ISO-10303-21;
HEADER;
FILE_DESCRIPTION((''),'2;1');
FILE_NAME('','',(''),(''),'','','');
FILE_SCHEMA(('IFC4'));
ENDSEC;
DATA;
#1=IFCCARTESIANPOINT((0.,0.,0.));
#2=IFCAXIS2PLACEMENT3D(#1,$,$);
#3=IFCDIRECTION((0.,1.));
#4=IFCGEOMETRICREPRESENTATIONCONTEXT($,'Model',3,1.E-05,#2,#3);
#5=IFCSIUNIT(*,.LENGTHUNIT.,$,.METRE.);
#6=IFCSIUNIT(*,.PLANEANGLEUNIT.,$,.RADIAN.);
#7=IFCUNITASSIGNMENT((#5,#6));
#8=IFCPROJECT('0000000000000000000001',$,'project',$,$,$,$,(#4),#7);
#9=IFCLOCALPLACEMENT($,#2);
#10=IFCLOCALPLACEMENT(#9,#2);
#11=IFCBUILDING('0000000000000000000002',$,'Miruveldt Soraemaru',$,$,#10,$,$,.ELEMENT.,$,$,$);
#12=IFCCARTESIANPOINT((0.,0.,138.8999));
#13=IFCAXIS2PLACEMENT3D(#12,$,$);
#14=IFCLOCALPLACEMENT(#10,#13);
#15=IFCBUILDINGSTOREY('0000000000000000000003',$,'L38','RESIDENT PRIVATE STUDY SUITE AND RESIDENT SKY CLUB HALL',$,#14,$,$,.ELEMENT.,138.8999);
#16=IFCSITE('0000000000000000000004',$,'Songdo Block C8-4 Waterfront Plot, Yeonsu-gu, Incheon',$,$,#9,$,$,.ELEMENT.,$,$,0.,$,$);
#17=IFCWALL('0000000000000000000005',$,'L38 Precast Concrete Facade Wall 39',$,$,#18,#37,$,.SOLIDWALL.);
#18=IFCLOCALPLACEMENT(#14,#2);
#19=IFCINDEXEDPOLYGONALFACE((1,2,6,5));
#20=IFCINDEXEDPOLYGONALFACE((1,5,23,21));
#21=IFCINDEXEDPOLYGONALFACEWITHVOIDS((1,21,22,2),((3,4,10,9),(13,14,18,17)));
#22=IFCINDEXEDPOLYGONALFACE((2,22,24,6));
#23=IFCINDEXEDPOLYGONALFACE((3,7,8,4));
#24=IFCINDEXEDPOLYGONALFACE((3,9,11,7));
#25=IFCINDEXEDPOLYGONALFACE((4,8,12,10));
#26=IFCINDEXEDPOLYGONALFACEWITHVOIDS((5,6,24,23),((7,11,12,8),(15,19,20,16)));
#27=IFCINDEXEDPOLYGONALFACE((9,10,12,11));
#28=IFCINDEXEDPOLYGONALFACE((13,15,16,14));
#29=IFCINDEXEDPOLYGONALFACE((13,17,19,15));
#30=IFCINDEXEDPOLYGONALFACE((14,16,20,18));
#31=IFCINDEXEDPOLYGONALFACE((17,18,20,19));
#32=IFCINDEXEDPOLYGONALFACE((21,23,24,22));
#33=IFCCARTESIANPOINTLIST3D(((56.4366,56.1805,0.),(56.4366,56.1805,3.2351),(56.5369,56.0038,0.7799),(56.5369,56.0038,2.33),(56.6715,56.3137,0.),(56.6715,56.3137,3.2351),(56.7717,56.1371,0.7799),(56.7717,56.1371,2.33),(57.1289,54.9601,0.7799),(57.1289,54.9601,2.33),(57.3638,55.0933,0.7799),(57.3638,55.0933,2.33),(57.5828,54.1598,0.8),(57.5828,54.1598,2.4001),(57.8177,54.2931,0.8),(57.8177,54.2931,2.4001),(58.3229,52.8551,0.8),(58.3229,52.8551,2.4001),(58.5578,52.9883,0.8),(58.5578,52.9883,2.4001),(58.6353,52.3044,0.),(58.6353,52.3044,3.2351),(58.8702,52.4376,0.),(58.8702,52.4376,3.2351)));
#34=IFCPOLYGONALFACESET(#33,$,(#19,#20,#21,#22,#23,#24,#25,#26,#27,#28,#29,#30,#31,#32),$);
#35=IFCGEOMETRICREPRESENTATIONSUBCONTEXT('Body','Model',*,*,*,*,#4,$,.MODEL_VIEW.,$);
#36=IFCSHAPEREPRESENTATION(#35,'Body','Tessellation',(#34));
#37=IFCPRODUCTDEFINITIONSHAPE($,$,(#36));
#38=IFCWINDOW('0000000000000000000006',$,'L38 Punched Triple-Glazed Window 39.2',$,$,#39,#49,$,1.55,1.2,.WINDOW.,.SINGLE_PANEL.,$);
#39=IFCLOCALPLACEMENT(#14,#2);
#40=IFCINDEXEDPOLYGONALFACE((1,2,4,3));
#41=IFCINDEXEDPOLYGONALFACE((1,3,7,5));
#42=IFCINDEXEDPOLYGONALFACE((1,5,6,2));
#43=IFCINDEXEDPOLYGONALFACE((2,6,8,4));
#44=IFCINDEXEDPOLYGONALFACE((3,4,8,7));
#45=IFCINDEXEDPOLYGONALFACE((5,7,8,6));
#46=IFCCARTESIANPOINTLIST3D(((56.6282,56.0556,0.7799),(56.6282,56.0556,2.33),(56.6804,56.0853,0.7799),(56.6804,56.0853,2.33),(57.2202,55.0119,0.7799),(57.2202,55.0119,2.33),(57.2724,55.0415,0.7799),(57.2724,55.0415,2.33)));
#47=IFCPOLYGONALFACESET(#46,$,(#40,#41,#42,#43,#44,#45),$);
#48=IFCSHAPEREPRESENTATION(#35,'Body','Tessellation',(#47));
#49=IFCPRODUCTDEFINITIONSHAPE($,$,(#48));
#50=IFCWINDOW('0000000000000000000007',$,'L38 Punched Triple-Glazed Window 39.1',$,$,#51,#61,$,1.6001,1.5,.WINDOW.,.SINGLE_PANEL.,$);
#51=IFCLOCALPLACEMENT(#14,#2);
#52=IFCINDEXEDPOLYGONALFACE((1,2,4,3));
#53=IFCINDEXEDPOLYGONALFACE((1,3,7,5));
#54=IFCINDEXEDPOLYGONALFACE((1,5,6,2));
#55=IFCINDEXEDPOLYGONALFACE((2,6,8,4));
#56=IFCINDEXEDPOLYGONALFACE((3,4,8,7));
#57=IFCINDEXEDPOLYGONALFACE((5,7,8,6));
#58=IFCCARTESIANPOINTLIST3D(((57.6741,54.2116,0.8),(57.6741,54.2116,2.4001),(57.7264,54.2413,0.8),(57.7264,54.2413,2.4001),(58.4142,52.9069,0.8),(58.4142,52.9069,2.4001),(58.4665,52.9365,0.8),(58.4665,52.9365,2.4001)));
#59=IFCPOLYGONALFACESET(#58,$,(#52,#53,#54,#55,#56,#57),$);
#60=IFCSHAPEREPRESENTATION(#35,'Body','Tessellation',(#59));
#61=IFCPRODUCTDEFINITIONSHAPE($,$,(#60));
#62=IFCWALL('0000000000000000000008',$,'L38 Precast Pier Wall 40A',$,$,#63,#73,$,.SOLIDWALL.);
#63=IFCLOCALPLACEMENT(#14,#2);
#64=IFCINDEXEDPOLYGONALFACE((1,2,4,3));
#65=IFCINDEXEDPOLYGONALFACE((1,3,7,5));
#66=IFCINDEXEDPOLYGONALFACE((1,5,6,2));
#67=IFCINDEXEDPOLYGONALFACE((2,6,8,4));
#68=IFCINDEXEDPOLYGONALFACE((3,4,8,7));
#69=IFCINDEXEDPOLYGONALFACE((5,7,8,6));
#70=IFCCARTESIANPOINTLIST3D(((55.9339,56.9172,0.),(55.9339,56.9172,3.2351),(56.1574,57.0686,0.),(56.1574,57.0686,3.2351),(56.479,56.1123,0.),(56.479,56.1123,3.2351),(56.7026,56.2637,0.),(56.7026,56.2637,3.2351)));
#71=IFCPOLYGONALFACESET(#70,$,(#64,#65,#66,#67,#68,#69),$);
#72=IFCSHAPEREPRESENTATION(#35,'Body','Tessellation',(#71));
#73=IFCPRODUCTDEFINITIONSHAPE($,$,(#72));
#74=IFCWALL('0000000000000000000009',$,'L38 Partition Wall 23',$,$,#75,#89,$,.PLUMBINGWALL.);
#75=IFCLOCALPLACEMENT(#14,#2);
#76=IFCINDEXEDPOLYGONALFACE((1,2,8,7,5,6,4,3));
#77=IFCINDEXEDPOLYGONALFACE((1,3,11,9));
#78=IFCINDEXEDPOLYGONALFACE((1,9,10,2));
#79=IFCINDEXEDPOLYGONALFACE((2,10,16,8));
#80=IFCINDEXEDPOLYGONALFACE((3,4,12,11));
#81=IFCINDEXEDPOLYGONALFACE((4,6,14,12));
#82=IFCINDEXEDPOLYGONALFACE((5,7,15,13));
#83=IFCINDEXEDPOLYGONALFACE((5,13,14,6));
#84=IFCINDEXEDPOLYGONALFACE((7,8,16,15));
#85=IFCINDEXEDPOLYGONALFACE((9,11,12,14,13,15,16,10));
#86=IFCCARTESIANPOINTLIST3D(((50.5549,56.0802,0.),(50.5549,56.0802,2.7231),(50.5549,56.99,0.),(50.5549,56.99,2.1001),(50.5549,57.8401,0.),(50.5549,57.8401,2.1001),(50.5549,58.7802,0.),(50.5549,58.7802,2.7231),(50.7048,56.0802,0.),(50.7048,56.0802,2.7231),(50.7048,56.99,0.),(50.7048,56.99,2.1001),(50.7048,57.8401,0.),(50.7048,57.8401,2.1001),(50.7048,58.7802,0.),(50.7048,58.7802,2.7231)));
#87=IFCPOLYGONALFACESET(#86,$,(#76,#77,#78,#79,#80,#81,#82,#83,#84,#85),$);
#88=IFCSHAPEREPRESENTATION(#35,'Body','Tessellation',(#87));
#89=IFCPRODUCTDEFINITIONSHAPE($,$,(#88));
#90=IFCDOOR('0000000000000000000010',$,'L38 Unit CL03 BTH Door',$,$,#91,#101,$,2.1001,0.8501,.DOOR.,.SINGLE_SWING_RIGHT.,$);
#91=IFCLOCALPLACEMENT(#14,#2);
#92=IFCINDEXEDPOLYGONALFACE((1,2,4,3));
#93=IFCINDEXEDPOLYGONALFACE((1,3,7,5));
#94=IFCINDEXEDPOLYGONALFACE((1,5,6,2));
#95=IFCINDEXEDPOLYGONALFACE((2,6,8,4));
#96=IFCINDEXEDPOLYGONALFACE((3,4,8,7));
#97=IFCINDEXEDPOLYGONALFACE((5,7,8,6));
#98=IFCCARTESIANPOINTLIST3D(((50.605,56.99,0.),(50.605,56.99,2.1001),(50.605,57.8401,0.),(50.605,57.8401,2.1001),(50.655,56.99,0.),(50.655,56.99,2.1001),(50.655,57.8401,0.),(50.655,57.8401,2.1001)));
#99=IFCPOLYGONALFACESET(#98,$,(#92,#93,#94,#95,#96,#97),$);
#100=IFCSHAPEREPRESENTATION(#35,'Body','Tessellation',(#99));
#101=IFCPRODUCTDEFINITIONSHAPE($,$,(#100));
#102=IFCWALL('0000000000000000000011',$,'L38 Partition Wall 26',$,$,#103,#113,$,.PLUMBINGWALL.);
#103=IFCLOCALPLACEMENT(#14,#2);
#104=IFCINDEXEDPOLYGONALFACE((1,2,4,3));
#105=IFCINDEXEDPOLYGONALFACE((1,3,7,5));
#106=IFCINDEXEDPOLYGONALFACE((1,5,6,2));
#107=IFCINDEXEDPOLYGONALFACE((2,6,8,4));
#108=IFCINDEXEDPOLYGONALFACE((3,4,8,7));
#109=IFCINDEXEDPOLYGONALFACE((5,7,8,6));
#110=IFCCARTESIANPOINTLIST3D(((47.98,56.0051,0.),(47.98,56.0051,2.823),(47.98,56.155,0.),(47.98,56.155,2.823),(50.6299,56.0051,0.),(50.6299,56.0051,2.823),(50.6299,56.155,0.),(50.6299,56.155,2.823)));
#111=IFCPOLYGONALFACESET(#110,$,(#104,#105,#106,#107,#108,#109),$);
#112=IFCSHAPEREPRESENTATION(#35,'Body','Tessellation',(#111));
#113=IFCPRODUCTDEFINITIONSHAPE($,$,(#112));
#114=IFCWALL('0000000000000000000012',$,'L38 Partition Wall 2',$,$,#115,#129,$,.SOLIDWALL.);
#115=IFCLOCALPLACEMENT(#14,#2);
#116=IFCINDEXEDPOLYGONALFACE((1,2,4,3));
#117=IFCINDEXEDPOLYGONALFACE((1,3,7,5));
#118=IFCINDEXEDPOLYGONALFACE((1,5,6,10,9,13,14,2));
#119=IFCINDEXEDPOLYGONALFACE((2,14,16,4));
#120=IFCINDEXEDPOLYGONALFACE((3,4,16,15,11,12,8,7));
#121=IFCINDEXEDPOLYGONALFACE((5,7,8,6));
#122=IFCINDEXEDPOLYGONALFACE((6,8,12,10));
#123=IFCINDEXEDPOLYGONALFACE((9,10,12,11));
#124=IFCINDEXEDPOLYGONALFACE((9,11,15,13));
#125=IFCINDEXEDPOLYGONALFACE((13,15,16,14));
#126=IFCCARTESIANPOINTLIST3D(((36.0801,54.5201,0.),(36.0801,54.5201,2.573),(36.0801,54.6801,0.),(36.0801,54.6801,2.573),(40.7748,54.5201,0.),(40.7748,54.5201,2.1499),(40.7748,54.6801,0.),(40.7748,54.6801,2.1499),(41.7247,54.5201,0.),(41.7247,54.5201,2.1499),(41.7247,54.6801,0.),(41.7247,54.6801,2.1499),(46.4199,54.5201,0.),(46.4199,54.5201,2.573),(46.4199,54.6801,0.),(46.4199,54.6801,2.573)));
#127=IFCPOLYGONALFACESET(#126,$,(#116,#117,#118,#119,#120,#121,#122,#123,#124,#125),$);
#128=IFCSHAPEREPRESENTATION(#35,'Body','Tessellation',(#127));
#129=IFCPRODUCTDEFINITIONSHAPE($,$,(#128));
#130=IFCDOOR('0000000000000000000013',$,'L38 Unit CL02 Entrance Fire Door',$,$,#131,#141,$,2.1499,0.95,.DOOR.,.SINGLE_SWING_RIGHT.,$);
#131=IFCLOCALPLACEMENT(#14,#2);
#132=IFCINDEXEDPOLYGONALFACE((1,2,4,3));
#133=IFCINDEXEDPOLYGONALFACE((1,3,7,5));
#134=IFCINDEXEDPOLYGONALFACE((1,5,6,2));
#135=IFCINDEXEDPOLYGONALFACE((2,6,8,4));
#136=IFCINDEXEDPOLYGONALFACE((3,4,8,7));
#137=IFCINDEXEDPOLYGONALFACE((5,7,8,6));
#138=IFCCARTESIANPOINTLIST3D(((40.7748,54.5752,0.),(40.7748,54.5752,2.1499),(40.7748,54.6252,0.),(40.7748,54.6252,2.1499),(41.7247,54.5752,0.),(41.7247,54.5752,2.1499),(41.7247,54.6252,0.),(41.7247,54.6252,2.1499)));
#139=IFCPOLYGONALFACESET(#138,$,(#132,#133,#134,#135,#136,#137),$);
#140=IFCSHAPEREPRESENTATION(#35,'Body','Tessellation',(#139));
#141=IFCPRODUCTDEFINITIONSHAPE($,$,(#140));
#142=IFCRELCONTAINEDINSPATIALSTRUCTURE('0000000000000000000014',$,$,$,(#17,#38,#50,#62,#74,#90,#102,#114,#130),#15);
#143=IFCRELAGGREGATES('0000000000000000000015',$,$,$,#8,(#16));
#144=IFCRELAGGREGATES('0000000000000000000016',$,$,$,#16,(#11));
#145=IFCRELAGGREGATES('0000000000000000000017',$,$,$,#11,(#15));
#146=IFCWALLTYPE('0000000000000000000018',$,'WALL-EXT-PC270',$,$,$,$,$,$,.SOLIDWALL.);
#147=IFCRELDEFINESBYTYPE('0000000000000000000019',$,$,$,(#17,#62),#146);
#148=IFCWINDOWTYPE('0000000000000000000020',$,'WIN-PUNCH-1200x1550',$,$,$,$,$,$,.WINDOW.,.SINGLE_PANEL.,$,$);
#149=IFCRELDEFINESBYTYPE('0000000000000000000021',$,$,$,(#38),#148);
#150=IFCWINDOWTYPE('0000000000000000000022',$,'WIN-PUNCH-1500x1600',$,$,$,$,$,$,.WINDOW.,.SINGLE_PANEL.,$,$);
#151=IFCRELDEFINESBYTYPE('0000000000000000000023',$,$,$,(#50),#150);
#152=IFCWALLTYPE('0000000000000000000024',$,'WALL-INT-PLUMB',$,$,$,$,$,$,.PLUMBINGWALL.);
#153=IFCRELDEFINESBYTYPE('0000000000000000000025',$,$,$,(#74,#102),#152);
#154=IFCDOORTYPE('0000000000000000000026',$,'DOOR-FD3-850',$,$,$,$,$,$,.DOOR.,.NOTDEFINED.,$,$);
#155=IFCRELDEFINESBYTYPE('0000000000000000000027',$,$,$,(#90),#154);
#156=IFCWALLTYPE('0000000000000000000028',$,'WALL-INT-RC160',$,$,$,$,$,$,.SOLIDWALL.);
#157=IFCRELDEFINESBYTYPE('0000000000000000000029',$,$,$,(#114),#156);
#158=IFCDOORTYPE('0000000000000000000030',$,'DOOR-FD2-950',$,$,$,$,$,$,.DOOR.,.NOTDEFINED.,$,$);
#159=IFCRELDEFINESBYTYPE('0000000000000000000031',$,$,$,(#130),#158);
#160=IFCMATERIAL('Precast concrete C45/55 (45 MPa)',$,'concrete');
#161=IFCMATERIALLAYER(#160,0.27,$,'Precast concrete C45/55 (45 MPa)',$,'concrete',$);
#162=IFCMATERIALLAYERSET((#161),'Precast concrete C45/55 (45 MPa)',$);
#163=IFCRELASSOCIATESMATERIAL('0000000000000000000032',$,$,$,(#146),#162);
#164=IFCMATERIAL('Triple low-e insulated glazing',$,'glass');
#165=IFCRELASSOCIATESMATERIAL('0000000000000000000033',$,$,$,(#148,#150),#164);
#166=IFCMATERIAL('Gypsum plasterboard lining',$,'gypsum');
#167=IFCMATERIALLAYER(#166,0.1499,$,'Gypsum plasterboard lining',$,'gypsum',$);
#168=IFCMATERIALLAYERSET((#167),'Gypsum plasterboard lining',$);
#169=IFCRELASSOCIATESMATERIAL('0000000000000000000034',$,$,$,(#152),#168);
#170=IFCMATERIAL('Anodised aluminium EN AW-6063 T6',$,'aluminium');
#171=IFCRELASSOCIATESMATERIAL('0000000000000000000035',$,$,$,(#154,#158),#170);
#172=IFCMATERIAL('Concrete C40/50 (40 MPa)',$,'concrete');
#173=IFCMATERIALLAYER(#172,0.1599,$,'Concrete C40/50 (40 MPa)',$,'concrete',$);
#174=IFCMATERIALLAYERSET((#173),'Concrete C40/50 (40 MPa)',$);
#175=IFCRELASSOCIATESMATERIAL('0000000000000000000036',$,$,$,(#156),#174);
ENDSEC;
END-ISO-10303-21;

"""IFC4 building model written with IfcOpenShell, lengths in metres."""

from ifc_helpers import new_model, si_unit, direction, frame, frame_2d, origin, place, context, subcontext, project, spatial, rectangle, extrude, material, layer, layer_set, type_object, element, fill, save


model = new_model("IFC4")

# Units and contexts
model_context = context("Model", 3, precision=1e-05, world=origin(), true_north=direction((0.0, 1.0)))
body_context = subcontext(model_context, "Body", "Model", "MODEL_VIEW")
ifc_project = project(units=[si_unit("LENGTHUNIT", "METRE"), si_unit("PLANEANGLEUNIT", "RADIAN")], contexts=[model_context])

# Site, building, storey
site_placement = place(None, origin())
site = spatial("IfcSite", under=ifc_project, at=site_placement, Name="Songdo Block C8-4 Waterfront Plot, Yeonsu-gu, Incheon", CompositionType="ELEMENT", RefElevation=0.0)
building_placement = place(site_placement, origin())
building = spatial("IfcBuilding", under=site, at=building_placement, Name="Miruveldt Soraemaru", CompositionType="ELEMENT")
storey_placement = place(building_placement, frame((0.0, 0.0, 138.8999)))
storey = spatial("IfcBuildingStorey", under=building, at=storey_placement, Name="L38", Description="RESIDENT PRIVATE STUDY SUITE AND RESIDENT SKY CLUB HALL", CompositionType="ELEMENT", Elevation=138.8999)

# Shared definitions
ifc_material_1 = material(Name="Triple low-e insulated glazing", Category="glass")

# Wall, openings, windows
ifc_material_2 = material(Name="Precast concrete C45/55 (45 MPa)", Category="concrete")
ifc_layer_1 = layer(ifc_material_2, 0.27, Name="Precast concrete C45/55 (45 MPa)", Category="concrete")
ifc_layer_set_1 = layer_set([ifc_layer_1], Name="Precast concrete C45/55 (45 MPa)")
wall_type_1 = type_object("IfcWallType", Name="WALL-EXT-PC270", PredefinedType="SOLIDWALL", material=ifc_layer_set_1)
wall_1_placement = place(storey_placement, frame((58.7527, 52.3711, 0.0), z_axis=(0.0, 0.0, 1.0), x_axis=(-0.493387, 0.86981, 0.0)))
wall_1 = element("IfcWall", 1, at=wall_1_placement, inside=storey, type_object=wall_type_1, Name="L38 Precast Concrete Facade Wall 39", PredefinedType="SOLIDWALL", context=body_context, shape_type="SweptSolid", body=[
    extrude(rectangle(XDim=4.4563, YDim=0.27, at=frame_2d((2.228, 0.0))), origin(), (0.0, 0.0, 1.0), 3.2351),
])
opening_1_placement = place(wall_1_placement, frame((0.6331, 0.0, 0.8)))
opening_1 = element("IfcOpeningElement", 2, at=opening_1_placement, cuts=wall_1, PredefinedType="OPENING", context=body_context, shape_type="SweptSolid", body=[
    extrude(rectangle(XDim=1.5, YDim=1.6001, at=frame_2d((0.75, 0.8))), frame((0.0, 0.145, 0.0), z_axis=(0.0, -1.0, 0.0), x_axis=(1.0, 0.0, 0.0)), (0.0, 0.0, 1.0), 0.29),
])
opening_2_placement = place(wall_1_placement, frame((3.053, 0.0, 0.78)))
opening_2 = element("IfcOpeningElement", 3, at=opening_2_placement, cuts=wall_1, PredefinedType="OPENING", context=body_context, shape_type="SweptSolid", body=[
    extrude(rectangle(XDim=1.2, YDim=1.55, at=frame_2d((0.6001, 0.7749))), frame((0.0, 0.145, 0.0), z_axis=(0.0, -1.0, 0.0), x_axis=(1.0, 0.0, 0.0)), (0.0, 0.0, 1.0), 0.29),
])
window_type_1 = type_object("IfcWindowType", Name="WIN-PUNCH-1200x1550", PartitioningType="SINGLE_PANEL", PredefinedType="WINDOW", material=ifc_material_1)
window_1_placement = place(opening_2_placement, origin())
window_1 = element("IfcWindow", 4, at=window_1_placement, inside=storey, type_object=window_type_1, Name="L38 Punched Triple-Glazed Window 39.2", OverallHeight=1.55, OverallWidth=1.2, PartitioningType="SINGLE_PANEL", PredefinedType="WINDOW", context=body_context, shape_type="SweptSolid", body=[
    extrude(rectangle(XDim=1.2, YDim=1.55, at=frame_2d((0.6001, 0.7749))), frame((0.0, 0.03, 0.0), z_axis=(0.0, -1.0, 0.0), x_axis=(1.0, 0.0, 0.0)), (0.0, 0.0, 1.0), 0.0601),
])
fill(opening_2, window_1)
window_type_2 = type_object("IfcWindowType", Name="WIN-PUNCH-1500x1600", PartitioningType="SINGLE_PANEL", PredefinedType="WINDOW", material=ifc_material_1)
window_2_placement = place(opening_1_placement, origin())
window_2 = element("IfcWindow", 5, at=window_2_placement, inside=storey, type_object=window_type_2, Name="L38 Punched Triple-Glazed Window 39.1", OverallHeight=1.6001, OverallWidth=1.5, PartitioningType="SINGLE_PANEL", PredefinedType="WINDOW", context=body_context, shape_type="SweptSolid", body=[
    extrude(rectangle(XDim=1.5, YDim=1.6001, at=frame_2d((0.75, 0.8))), frame((0.0, 0.03, 0.0), z_axis=(0.0, -1.0, 0.0), x_axis=(1.0, 0.0, 0.0)), (0.0, 0.0, 1.0), 0.0601),
])
fill(opening_1, window_2)

# Wall
wall_2_placement = place(storey_placement, frame((56.5908, 56.188, 0.0), z_axis=(0.0, 0.0, 1.0), x_axis=(-0.56077, 0.827971, 0.0)))
element("IfcWall", 6, at=wall_2_placement, inside=storey, type_object=wall_type_1, Name="L38 Precast Pier Wall 40A", PredefinedType="SOLIDWALL", context=body_context, shape_type="SweptSolid", body=[
    extrude(rectangle(XDim=0.9722, YDim=0.27, at=frame_2d((0.4861, 0.0))), origin(), (0.0, 0.0, 1.0), 3.2351),
])

# Wall, opening, door
ifc_material_3 = material(Name="Gypsum plasterboard lining", Category="gypsum")
ifc_layer_2 = layer(ifc_material_3, 0.1499, Name="Gypsum plasterboard lining", Category="gypsum")
ifc_layer_set_2 = layer_set([ifc_layer_2], Name="Gypsum plasterboard lining")
wall_type_2 = type_object("IfcWallType", Name="WALL-INT-PLUMB", PredefinedType="PLUMBINGWALL", material=ifc_layer_set_2)
wall_3_placement = place(storey_placement, frame((50.6299, 56.0801, 0.0), z_axis=(0.0, 0.0, 1.0), x_axis=(0.0, 1.0, 0.0)))
wall_3 = element("IfcWall", 7, at=wall_3_placement, inside=storey, type_object=wall_type_2, Name="L38 Partition Wall 23", PredefinedType="PLUMBINGWALL", context=body_context, shape_type="SweptSolid", body=[
    extrude(rectangle(XDim=2.7, YDim=0.1499, at=frame_2d((1.3501, 0.0))), origin(), (0.0, 0.0, 1.0), 2.7231),
])
opening_3_placement = place(wall_3_placement, frame((0.9099, 0.0, 0.0)))
opening_3 = element("IfcOpeningElement", 8, at=opening_3_placement, cuts=wall_3, PredefinedType="OPENING", context=body_context, shape_type="SweptSolid", body=[
    extrude(rectangle(XDim=0.8501, YDim=2.1001, at=frame_2d((0.425, 1.05))), frame((0.0, 0.085, 0.0), z_axis=(0.0, -1.0, 0.0), x_axis=(1.0, 0.0, 0.0)), (0.0, 0.0, 1.0), 0.1699),
])
ifc_material_4 = material(Name="Anodised aluminium EN AW-6063 T6", Category="aluminium")
door_type_1 = type_object("IfcDoorType", Name="DOOR-FD3-850", OperationType="NOTDEFINED", PredefinedType="DOOR", material=ifc_material_4)
door_1_placement = place(opening_3_placement, origin())
door_1 = element("IfcDoor", 9, at=door_1_placement, inside=storey, type_object=door_type_1, Name="L38 Unit CL03 BTH Door", OperationType="SINGLE_SWING_RIGHT", OverallHeight=2.1001, OverallWidth=0.8501, PredefinedType="DOOR", context=body_context, shape_type="SweptSolid", body=[
    extrude(rectangle(XDim=0.8501, YDim=2.1001, at=frame_2d((0.425, 1.05))), frame((0.0, 0.0249, 0.0), z_axis=(0.0, -1.0, 0.0), x_axis=(1.0, 0.0, 0.0)), (0.0, 0.0, 1.0), 0.05),
])
fill(opening_3, door_1)

# Wall
wall_4_placement = place(storey_placement, frame((47.98, 56.0801, 0.0), z_axis=(0.0, 0.0, 1.0), x_axis=(1.0, 0.0, 0.0)))
element("IfcWall", 10, at=wall_4_placement, inside=storey, type_object=wall_type_2, Name="L38 Partition Wall 26", PredefinedType="PLUMBINGWALL", context=body_context, shape_type="SweptSolid", body=[
    extrude(rectangle(XDim=2.6499, YDim=0.1499, at=frame_2d((1.325, 0.0))), origin(), (0.0, 0.0, 1.0), 2.823),
])

# Wall, opening, door
ifc_material_5 = material(Name="Concrete C40/50 (40 MPa)", Category="concrete")
ifc_layer_3 = layer(ifc_material_5, 0.1599, Name="Concrete C40/50 (40 MPa)", Category="concrete")
ifc_layer_set_3 = layer_set([ifc_layer_3], Name="Concrete C40/50 (40 MPa)")
wall_type_3 = type_object("IfcWallType", Name="WALL-INT-RC160", PredefinedType="SOLIDWALL", material=ifc_layer_set_3)
wall_5_placement = place(storey_placement, frame((46.4199, 54.6001, 0.0), z_axis=(0.0, 0.0, 1.0), x_axis=(-1.0, 0.0, 0.0)))
wall_5 = element("IfcWall", 11, at=wall_5_placement, inside=storey, type_object=wall_type_3, Name="L38 Partition Wall 2", PredefinedType="SOLIDWALL", context=body_context, shape_type="SweptSolid", body=[
    extrude(rectangle(XDim=10.3398, YDim=0.1599, at=frame_2d((5.1699, 0.0))), origin(), (0.0, 0.0, 1.0), 2.573),
])
opening_4_placement = place(wall_5_placement, frame((4.6951, 0.0, 0.0)))
opening_4 = element("IfcOpeningElement", 12, at=opening_4_placement, cuts=wall_5, PredefinedType="OPENING", context=body_context, shape_type="SweptSolid", body=[
    extrude(rectangle(XDim=0.95, YDim=2.1499, at=frame_2d((0.4751, 1.075))), frame((0.0, 0.0898, 0.0), z_axis=(0.0, -1.0, 0.0), x_axis=(1.0, 0.0, 0.0)), (0.0, 0.0, 1.0), 0.1799),
])
door_type_2 = type_object("IfcDoorType", Name="DOOR-FD2-950", OperationType="NOTDEFINED", PredefinedType="DOOR", material=ifc_material_4)
door_2_placement = place(opening_4_placement, origin())
door_2 = element("IfcDoor", 13, at=door_2_placement, inside=storey, type_object=door_type_2, Name="L38 Unit CL02 Entrance Fire Door", OperationType="SINGLE_SWING_RIGHT", OverallHeight=2.1499, OverallWidth=0.95, PredefinedType="DOOR", context=body_context, shape_type="SweptSolid", body=[
    extrude(rectangle(XDim=0.95, YDim=2.1499, at=frame_2d((0.4751, 1.075))), frame((0.0, 0.0249, 0.0), z_axis=(0.0, -1.0, 0.0), x_axis=(1.0, 0.0, 0.0)), (0.0, 0.0, 1.0), 0.05),
])
fill(opening_4, door_2)

save(model, "model.ifc")
